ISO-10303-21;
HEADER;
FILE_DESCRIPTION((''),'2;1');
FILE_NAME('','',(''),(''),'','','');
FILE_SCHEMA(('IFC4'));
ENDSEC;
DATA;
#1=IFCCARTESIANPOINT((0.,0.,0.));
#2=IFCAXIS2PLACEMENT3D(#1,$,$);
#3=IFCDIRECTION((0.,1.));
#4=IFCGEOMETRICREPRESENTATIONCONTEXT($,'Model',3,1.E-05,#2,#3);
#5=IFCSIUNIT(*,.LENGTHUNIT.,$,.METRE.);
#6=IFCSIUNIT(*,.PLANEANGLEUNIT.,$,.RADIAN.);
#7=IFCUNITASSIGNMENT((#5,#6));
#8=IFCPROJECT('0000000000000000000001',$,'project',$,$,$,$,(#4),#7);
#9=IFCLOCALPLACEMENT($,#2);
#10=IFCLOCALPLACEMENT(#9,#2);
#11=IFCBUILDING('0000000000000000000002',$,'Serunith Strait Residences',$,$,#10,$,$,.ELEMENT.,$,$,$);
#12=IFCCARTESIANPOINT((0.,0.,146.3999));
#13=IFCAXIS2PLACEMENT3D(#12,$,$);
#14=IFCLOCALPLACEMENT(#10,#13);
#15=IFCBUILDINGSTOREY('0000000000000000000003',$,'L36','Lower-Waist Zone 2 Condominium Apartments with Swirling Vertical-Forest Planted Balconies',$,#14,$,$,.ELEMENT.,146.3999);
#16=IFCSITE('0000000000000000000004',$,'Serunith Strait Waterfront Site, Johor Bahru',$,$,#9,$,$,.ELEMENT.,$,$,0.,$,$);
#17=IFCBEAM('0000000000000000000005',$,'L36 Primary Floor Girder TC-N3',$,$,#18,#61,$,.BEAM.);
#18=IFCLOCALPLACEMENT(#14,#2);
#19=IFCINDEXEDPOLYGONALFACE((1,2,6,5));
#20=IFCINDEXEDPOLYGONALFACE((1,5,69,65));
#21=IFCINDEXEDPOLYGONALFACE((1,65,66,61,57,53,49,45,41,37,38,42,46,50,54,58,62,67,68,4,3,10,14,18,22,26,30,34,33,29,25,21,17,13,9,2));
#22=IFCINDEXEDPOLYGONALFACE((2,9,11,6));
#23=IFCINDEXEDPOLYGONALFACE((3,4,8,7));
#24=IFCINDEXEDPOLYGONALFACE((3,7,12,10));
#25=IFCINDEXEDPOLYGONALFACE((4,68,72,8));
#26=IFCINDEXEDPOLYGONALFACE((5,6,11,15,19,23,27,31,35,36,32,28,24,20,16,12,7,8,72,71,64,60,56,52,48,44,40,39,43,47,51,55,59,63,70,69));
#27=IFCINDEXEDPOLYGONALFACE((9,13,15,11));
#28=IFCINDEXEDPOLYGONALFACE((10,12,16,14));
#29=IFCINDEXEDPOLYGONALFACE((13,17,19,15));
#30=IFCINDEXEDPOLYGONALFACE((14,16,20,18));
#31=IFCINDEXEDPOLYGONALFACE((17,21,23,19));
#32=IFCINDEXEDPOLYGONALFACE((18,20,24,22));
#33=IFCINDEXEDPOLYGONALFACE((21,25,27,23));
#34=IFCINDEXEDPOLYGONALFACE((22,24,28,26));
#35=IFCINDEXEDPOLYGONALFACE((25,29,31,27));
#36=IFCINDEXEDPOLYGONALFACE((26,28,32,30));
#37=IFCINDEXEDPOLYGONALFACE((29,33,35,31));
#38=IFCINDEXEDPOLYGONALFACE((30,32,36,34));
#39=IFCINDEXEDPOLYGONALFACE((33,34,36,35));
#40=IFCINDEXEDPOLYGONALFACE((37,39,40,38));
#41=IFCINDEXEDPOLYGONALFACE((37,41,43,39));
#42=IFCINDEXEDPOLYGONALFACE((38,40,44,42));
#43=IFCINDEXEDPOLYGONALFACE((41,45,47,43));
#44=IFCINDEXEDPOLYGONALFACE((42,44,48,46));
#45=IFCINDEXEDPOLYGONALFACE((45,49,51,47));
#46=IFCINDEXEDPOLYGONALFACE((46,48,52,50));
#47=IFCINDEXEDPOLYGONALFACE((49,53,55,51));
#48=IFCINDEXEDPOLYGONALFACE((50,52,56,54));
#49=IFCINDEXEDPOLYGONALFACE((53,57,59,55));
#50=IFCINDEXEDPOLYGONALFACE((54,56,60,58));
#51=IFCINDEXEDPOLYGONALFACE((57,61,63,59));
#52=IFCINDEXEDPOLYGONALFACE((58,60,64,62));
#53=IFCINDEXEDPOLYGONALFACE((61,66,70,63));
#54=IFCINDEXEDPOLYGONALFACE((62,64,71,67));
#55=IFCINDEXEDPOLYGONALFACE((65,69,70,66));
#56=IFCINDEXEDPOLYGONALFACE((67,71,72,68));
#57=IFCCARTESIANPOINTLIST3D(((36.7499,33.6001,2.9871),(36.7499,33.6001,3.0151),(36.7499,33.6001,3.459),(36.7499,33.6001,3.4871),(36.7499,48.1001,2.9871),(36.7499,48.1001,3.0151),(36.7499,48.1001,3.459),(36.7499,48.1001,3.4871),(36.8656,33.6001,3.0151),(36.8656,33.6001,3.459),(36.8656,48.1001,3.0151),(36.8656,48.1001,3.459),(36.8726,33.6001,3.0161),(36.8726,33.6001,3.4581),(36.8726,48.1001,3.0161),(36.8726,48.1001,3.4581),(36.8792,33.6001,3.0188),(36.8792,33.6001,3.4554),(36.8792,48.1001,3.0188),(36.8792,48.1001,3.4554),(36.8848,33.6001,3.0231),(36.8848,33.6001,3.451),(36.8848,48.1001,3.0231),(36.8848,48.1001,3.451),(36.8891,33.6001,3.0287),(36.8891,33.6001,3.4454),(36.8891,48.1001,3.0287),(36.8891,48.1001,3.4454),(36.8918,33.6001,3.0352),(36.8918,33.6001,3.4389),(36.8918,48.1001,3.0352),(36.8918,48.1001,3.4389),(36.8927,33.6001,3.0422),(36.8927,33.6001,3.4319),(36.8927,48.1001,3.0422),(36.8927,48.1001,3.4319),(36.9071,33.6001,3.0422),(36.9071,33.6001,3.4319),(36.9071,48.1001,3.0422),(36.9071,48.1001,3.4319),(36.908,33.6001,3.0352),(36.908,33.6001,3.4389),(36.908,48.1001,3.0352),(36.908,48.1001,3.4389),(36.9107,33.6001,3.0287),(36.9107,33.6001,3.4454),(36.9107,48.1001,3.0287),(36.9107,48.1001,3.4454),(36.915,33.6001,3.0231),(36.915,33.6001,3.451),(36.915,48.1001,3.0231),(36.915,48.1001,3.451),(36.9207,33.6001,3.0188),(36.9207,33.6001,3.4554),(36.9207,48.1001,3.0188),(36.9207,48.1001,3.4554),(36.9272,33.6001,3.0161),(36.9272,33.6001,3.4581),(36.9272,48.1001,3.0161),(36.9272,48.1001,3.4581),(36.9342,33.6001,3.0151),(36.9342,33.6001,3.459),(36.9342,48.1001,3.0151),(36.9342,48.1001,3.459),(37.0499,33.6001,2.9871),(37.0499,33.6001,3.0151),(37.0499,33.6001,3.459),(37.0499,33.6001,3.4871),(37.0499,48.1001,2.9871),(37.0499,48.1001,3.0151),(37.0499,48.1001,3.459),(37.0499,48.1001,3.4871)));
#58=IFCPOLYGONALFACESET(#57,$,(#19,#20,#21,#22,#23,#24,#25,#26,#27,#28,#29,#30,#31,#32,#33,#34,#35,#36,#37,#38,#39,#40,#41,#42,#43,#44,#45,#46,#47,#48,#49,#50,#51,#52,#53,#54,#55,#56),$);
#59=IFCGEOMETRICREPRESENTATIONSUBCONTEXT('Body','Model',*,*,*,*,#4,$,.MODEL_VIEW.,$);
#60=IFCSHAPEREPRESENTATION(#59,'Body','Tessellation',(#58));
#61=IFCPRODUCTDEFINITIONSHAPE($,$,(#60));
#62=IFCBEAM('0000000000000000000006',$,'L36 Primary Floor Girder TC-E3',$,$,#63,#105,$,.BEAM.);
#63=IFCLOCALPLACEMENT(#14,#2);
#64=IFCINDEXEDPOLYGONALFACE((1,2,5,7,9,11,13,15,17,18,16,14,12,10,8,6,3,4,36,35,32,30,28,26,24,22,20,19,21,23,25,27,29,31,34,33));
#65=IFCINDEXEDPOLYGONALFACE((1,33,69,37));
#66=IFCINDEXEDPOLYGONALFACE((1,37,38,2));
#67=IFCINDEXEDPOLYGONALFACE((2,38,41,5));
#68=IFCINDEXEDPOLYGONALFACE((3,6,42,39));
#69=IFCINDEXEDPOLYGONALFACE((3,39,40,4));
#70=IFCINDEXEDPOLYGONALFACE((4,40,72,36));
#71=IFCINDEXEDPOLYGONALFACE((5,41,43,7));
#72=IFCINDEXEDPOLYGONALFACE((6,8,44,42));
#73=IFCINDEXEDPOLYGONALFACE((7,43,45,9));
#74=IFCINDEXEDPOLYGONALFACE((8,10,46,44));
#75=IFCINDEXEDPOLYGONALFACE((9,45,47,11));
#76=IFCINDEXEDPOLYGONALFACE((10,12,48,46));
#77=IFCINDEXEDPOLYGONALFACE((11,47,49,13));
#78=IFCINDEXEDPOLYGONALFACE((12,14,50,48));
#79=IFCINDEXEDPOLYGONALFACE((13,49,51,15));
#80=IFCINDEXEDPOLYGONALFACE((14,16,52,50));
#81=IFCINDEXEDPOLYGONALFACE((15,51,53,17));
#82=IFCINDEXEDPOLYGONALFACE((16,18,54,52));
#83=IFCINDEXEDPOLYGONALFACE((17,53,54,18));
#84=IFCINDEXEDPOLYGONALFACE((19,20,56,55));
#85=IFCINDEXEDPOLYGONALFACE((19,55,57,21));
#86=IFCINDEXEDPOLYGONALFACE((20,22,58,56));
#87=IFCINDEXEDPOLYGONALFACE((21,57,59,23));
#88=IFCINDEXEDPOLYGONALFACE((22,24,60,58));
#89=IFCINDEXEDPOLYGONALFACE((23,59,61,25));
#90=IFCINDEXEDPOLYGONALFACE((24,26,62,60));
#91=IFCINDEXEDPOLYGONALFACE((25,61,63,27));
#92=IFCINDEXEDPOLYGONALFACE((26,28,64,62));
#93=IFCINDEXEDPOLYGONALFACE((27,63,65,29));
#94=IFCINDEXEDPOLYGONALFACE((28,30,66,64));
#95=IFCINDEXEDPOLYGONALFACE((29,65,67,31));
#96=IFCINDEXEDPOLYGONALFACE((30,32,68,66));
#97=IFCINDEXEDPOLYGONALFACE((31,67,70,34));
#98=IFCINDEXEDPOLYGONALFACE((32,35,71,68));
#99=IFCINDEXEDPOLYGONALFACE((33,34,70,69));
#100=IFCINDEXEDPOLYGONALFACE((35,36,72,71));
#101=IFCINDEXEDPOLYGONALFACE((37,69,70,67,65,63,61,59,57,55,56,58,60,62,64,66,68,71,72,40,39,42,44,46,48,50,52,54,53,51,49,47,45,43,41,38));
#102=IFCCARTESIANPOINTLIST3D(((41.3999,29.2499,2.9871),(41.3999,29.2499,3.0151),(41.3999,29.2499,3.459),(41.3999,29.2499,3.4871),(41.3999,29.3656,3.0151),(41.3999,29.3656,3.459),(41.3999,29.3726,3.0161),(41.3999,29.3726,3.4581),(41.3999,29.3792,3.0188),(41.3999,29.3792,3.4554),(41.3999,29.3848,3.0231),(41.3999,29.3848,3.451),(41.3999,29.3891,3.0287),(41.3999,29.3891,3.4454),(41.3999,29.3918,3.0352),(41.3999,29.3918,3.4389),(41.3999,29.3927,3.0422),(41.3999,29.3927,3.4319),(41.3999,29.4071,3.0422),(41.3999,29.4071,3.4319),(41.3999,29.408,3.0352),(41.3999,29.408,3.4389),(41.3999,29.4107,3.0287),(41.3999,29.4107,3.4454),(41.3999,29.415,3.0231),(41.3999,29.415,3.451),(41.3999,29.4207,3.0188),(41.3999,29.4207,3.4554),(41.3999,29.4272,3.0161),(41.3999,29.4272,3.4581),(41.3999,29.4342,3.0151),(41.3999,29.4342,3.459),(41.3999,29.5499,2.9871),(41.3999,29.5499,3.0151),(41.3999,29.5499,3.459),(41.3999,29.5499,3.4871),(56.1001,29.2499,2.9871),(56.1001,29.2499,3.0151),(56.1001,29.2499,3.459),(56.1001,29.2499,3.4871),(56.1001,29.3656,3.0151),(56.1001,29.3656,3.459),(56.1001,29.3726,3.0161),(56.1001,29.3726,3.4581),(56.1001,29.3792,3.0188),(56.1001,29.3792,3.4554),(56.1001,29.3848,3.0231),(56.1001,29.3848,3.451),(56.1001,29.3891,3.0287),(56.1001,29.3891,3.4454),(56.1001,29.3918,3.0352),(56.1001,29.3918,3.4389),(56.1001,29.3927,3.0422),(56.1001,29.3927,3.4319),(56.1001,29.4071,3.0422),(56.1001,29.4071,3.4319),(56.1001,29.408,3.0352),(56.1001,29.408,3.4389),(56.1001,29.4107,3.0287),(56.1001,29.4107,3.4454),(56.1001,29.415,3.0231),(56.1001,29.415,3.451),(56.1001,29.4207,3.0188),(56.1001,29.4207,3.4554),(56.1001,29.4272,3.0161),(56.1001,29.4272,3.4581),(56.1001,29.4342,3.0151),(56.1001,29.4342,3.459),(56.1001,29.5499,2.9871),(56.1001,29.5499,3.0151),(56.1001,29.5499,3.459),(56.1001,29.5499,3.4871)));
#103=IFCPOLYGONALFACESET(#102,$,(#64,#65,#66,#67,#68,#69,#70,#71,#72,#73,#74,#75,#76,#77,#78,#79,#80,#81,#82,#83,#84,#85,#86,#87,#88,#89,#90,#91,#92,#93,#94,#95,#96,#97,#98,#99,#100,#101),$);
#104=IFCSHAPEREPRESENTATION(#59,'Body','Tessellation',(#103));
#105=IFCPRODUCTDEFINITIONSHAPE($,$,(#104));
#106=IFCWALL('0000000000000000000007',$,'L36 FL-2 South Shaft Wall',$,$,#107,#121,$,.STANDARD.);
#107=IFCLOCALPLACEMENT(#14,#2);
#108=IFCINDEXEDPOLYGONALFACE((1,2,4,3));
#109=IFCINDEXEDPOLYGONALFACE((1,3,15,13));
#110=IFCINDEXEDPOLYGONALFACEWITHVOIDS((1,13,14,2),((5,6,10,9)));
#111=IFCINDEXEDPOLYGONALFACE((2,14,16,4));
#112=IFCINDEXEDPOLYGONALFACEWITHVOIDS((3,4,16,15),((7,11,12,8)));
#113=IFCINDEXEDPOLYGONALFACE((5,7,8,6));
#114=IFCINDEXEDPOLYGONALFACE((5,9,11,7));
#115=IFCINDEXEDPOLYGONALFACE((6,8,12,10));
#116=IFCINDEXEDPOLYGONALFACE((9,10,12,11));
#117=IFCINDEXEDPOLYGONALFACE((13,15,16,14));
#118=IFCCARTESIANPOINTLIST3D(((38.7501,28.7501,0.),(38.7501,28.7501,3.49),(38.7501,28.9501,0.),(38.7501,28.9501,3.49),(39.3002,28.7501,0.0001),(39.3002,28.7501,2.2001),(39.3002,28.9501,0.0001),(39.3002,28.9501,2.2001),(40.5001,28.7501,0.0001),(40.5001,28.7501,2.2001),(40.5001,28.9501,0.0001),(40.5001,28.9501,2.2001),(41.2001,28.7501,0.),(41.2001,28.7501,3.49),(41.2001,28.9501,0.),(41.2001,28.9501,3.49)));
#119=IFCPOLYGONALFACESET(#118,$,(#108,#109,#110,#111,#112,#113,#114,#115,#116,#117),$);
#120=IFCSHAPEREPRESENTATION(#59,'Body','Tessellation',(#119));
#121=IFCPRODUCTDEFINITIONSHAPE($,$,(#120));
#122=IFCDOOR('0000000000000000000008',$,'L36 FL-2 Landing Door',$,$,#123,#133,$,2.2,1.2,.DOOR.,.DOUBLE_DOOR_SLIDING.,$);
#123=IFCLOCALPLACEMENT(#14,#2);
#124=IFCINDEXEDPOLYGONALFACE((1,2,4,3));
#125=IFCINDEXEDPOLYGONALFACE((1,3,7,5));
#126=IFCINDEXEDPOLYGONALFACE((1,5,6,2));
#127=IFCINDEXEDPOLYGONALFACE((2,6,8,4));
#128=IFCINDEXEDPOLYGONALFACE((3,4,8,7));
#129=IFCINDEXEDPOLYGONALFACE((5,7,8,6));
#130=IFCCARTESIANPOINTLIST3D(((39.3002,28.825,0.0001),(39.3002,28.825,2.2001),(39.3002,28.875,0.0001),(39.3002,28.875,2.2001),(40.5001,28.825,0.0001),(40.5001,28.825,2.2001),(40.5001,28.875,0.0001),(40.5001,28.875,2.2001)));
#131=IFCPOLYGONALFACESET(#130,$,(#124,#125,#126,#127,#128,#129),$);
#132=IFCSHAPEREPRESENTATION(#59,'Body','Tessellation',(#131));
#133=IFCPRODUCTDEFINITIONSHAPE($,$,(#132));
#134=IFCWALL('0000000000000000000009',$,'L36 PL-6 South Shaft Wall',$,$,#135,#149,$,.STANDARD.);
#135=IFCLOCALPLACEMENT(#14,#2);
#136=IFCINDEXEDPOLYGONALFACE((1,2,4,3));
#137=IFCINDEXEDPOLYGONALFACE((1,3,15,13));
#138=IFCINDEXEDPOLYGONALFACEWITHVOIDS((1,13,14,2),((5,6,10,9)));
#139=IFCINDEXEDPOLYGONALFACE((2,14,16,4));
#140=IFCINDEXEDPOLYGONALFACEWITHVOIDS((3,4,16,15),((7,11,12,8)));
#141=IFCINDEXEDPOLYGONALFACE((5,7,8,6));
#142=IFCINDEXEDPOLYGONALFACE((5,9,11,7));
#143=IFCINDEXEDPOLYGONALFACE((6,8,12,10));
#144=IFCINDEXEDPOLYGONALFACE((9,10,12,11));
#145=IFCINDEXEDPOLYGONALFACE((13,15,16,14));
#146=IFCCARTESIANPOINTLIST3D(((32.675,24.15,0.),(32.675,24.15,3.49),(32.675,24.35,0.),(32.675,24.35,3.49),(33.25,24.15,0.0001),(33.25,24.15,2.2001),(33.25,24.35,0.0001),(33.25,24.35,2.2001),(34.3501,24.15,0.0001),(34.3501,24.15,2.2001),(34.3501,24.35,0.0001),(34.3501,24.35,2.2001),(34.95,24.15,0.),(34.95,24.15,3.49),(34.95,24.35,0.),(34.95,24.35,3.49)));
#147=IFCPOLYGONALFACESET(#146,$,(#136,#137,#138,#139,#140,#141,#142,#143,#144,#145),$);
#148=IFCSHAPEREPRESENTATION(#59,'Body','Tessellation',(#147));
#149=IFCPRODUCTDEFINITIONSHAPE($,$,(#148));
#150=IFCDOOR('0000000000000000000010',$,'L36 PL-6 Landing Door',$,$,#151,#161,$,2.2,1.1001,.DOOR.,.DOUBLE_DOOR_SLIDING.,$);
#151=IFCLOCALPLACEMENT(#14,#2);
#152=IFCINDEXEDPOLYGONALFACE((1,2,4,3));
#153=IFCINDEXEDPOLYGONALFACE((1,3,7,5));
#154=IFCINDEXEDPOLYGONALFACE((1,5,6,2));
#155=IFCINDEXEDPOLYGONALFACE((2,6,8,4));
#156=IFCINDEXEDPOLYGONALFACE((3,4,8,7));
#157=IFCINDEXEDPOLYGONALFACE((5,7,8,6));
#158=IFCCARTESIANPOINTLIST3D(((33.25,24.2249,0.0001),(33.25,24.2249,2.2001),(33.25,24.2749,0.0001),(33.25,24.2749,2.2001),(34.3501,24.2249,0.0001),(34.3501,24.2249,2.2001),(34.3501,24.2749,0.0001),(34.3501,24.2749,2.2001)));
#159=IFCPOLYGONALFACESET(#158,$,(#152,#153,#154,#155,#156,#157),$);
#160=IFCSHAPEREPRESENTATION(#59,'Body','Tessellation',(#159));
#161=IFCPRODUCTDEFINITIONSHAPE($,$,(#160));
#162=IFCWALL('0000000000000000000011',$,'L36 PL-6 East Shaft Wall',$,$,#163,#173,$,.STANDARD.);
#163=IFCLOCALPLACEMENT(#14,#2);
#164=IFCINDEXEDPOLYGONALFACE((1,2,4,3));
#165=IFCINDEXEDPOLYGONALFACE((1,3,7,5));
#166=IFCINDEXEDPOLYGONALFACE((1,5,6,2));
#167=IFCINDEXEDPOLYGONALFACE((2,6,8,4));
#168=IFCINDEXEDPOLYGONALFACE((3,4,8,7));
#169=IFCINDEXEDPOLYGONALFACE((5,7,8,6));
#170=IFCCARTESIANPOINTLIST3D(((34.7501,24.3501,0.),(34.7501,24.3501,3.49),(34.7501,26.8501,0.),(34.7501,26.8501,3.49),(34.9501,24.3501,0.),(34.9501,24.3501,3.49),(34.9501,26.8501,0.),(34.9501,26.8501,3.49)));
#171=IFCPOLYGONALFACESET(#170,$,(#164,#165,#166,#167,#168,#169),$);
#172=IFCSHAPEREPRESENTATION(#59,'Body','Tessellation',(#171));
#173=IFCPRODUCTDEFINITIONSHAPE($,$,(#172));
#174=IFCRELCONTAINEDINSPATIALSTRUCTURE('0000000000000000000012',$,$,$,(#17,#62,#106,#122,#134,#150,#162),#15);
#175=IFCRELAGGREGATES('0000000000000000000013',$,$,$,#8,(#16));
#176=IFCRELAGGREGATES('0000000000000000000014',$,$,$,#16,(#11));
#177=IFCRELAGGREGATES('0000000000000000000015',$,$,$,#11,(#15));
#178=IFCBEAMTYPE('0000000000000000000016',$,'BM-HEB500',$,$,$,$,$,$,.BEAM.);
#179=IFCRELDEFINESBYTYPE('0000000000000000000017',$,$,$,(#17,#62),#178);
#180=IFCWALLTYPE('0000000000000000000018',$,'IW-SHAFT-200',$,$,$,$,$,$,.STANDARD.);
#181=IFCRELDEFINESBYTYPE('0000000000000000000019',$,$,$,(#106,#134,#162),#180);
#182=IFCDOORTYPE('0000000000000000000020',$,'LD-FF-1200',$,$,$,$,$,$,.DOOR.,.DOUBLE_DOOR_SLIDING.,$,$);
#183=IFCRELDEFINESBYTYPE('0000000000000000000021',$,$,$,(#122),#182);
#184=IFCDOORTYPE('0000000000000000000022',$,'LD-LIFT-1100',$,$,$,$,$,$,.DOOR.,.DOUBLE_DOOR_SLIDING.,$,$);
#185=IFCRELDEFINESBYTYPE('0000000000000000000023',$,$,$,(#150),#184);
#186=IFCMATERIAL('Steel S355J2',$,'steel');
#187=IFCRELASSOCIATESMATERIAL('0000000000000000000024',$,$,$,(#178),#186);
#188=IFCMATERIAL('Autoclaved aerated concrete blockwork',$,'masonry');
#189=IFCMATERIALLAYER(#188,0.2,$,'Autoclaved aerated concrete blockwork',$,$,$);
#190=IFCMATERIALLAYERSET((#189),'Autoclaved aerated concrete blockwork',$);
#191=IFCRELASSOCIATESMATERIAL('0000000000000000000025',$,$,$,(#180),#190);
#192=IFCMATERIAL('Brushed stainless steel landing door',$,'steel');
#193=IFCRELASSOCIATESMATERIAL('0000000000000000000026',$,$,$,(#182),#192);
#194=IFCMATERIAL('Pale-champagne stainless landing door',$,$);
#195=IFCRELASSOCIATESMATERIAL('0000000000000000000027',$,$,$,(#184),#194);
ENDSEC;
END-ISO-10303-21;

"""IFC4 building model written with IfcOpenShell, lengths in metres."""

from ifc_helpers import new_model, si_unit, direction, frame, frame_2d, origin, origin_2d, place, context, subcontext, project, spatial, rectangle, i_section, extrude, source, transform, mapped, material, layer, layer_set, material_profile, profile_set, type_object, element, fill, save


model = new_model("IFC4")

# Units and contexts
model_context = context("Model", 3, precision=1e-05, world=origin(), true_north=direction((0.0, 1.0)))
body_context = subcontext(model_context, "Body", "Model", "MODEL_VIEW")
ifc_project = project(units=[si_unit("LENGTHUNIT", "METRE"), si_unit("PLANEANGLEUNIT", "RADIAN")], contexts=[model_context])

# Site, building, storey
site_placement = place(None, origin())
site = spatial("IfcSite", under=ifc_project, at=site_placement, Name="Serunith Strait Waterfront Site, Johor Bahru", CompositionType="ELEMENT", RefElevation=0.0)
building_placement = place(site_placement, origin())
building = spatial("IfcBuilding", under=site, at=building_placement, Name="Serunith Strait Residences", CompositionType="ELEMENT")
storey_placement = place(building_placement, frame((0.0, 0.0, 146.3999)))
storey = spatial("IfcBuildingStorey", under=building, at=storey_placement, Name="L36", Description="Lower-Waist Zone 2 Condominium Apartments with Swirling Vertical-Forest Planted Balconies", CompositionType="ELEMENT", Elevation=146.3999)

# Beams
ifc_material_1 = material(Name="Steel S355J2", Category="steel")
ifc_material_profile = material_profile(ifc_material_1, i_section(OverallWidth=0.3, OverallDepth=0.5, WebThickness=0.0144, FlangeThickness=0.0281, FilletRadius=0.0271, at=origin_2d()), Name="HEB 500")
ifc_profile_set = profile_set([ifc_material_profile], Name="Steel S355J2")
beam_type = type_object("IfcBeamType", Name="BM-HEB500", PredefinedType="BEAM", material=ifc_profile_set)
shared_shape_1 = source(origin(), body_context, "Body", "SweptSolid", [
    extrude(i_section(OverallWidth=0.3, OverallDepth=0.5, WebThickness=0.0144, FlangeThickness=0.0281, FilletRadius=0.0271, at=origin_2d()), origin(), (0.0, 0.0, 1.0), 14.5),
])
beam_1_placement = place(storey_placement, frame((36.8999, 33.6001, 3.2371), z_axis=(0.0, 1.0, 0.0), x_axis=(-1.0, 0.0, 0.0)))
element("IfcBeam", 1, at=beam_1_placement, inside=storey, type_object=beam_type, Name="L36 Primary Floor Girder TC-N3", PredefinedType="BEAM", context=body_context, shape_type="MappedRepresentation", body=[
    mapped(shared_shape_1, transform((0.0, 0.0, 0.0), scale=1.0)),
])
shared_shape_2 = source(origin(), body_context, "Body", "SweptSolid", [
    extrude(i_section(OverallWidth=0.3, OverallDepth=0.5, WebThickness=0.0144, FlangeThickness=0.0281, FilletRadius=0.0271, at=origin_2d()), origin(), (0.0, 0.0, 1.0), 14.7002),
])
beam_2_placement = place(storey_placement, frame((41.3999, 29.3999, 3.2371), z_axis=(1.0, 0.0, 0.0), x_axis=(0.0, 1.0, 0.0)))
element("IfcBeam", 2, at=beam_2_placement, inside=storey, type_object=beam_type, Name="L36 Primary Floor Girder TC-E3", PredefinedType="BEAM", context=body_context, shape_type="MappedRepresentation", body=[
    mapped(shared_shape_2, transform((0.0, 0.0, 0.0), scale=1.0)),
])

# Walls, openings, doors
ifc_material_2 = material(Name="Autoclaved aerated concrete blockwork", Category="masonry")
ifc_layer_1 = layer(ifc_material_2, 0.2, Name="Autoclaved aerated concrete blockwork")
ifc_layer_set_1 = layer_set([ifc_layer_1], Name="Autoclaved aerated concrete blockwork")
wall_type_1 = type_object("IfcWallType", Name="IW-SHAFT-200", PredefinedType="STANDARD", material=ifc_layer_set_1)
wall_1_placement = place(storey_placement, frame((38.75, 28.8501, 0.0), z_axis=(0.0, 0.0, 1.0), x_axis=(1.0, 0.0, 0.0)))
wall_1 = element("IfcWall", 3, at=wall_1_placement, inside=storey, type_object=wall_type_1, Name="L36 FL-2 South Shaft Wall", PredefinedType="STANDARD", context=body_context, shape_type="SweptSolid", body=[
    extrude(rectangle(XDim=2.45, YDim=0.2, at=frame_2d((1.2251, 0.0))), origin(), (0.0, 0.0, 1.0), 3.49),
])
opening_1_placement = place(wall_1_placement, frame((0.55, 0.0, 0.0)))
opening_1 = element("IfcOpeningElement", 4, at=opening_1_placement, cuts=wall_1, PredefinedType="OPENING", context=body_context, shape_type="SweptSolid", body=[
    extrude(rectangle(XDim=1.2, YDim=2.2, at=frame_2d((0.6001, 1.1001))), frame((0.0, 0.1099, 0.0), z_axis=(0.0, -1.0, 0.0), x_axis=(1.0, 0.0, 0.0)), (0.0, 0.0, 1.0), 0.22),
])
ifc_material_3 = material(Name="Brushed stainless steel landing door", Category="steel")
door_type_1 = type_object("IfcDoorType", Name="LD-FF-1200", OperationType="DOUBLE_DOOR_SLIDING", PredefinedType="DOOR", material=ifc_material_3)
shared_shape_3 = source(origin(), body_context, "Body", "SweptSolid", [
    extrude(rectangle(XDim=1.2, YDim=2.2, at=frame_2d((0.6001, 1.1001))), frame((0.0, 0.0249, 0.0), z_axis=(0.0, -1.0, 0.0), x_axis=(1.0, 0.0, 0.0)), (0.0, 0.0, 1.0), 0.05),
])
door_1_placement = place(opening_1_placement, origin())
door_1 = element("IfcDoor", 5, at=door_1_placement, inside=storey, type_object=door_type_1, Name="L36 FL-2 Landing Door", OperationType="DOUBLE_DOOR_SLIDING", OverallHeight=2.2, OverallWidth=1.2, PredefinedType="DOOR", context=body_context, shape_type="MappedRepresentation", body=[
    mapped(shared_shape_3, transform((0.0, 0.0, 0.0), scale=1.0)),
])
fill(opening_1, door_1)
wall_2_placement = place(storey_placement, frame((32.675, 24.25, 0.0), z_axis=(0.0, 0.0, 1.0), x_axis=(1.0, 0.0, 0.0)))
wall_2 = element("IfcWall", 6, at=wall_2_placement, inside=storey, type_object=wall_type_1, Name="L36 PL-6 South Shaft Wall", PredefinedType="STANDARD", context=body_context, shape_type="SweptSolid", body=[
    extrude(rectangle(XDim=2.2749, YDim=0.2, at=frame_2d((1.1375, 0.0))), origin(), (0.0, 0.0, 1.0), 3.49),
])
opening_2_placement = place(wall_2_placement, frame((0.575, 0.0, 0.0)))
opening_2 = element("IfcOpeningElement", 7, at=opening_2_placement, cuts=wall_2, PredefinedType="OPENING", context=body_context, shape_type="SweptSolid", body=[
    extrude(rectangle(XDim=1.1001, YDim=2.2, at=frame_2d((0.55, 1.1001))), frame((0.0, 0.1099, 0.0), z_axis=(0.0, -1.0, 0.0), x_axis=(1.0, 0.0, 0.0)), (0.0, 0.0, 1.0), 0.22),
])
ifc_material_4 = material(Name="Pale-champagne stainless landing door")
door_type_2 = type_object("IfcDoorType", Name="LD-LIFT-1100", OperationType="DOUBLE_DOOR_SLIDING", PredefinedType="DOOR", material=ifc_material_4)
shared_shape_4 = source(origin(), body_context, "Body", "SweptSolid", [
    extrude(rectangle(XDim=1.1001, YDim=2.2, at=frame_2d((0.55, 1.1001))), frame((0.0, 0.0249, 0.0), z_axis=(0.0, -1.0, 0.0), x_axis=(1.0, 0.0, 0.0)), (0.0, 0.0, 1.0), 0.05),
])
door_2_placement = place(opening_2_placement, origin())
door_2 = element("IfcDoor", 8, at=door_2_placement, inside=storey, type_object=door_type_2, Name="L36 PL-6 Landing Door", OperationType="DOUBLE_DOOR_SLIDING", OverallHeight=2.2, OverallWidth=1.1001, PredefinedType="DOOR", context=body_context, shape_type="MappedRepresentation", body=[
    mapped(shared_shape_4, transform((0.0, 0.0, 0.0), scale=1.0)),
])
fill(opening_2, door_2)

# Wall
wall_3_placement = place(storey_placement, frame((34.8501, 24.3501, 0.0), z_axis=(0.0, 0.0, 1.0), x_axis=(0.0, 1.0, 0.0)))
element("IfcWall", 9, at=wall_3_placement, inside=storey, type_object=wall_type_1, Name="L36 PL-6 East Shaft Wall", PredefinedType="STANDARD", context=body_context, shape_type="SweptSolid", body=[
    extrude(rectangle(XDim=2.5, YDim=0.2, at=frame_2d((1.25, 0.0))), origin(), (0.0, 0.0, 1.0), 3.49),
])

save(model, "model.ifc")
